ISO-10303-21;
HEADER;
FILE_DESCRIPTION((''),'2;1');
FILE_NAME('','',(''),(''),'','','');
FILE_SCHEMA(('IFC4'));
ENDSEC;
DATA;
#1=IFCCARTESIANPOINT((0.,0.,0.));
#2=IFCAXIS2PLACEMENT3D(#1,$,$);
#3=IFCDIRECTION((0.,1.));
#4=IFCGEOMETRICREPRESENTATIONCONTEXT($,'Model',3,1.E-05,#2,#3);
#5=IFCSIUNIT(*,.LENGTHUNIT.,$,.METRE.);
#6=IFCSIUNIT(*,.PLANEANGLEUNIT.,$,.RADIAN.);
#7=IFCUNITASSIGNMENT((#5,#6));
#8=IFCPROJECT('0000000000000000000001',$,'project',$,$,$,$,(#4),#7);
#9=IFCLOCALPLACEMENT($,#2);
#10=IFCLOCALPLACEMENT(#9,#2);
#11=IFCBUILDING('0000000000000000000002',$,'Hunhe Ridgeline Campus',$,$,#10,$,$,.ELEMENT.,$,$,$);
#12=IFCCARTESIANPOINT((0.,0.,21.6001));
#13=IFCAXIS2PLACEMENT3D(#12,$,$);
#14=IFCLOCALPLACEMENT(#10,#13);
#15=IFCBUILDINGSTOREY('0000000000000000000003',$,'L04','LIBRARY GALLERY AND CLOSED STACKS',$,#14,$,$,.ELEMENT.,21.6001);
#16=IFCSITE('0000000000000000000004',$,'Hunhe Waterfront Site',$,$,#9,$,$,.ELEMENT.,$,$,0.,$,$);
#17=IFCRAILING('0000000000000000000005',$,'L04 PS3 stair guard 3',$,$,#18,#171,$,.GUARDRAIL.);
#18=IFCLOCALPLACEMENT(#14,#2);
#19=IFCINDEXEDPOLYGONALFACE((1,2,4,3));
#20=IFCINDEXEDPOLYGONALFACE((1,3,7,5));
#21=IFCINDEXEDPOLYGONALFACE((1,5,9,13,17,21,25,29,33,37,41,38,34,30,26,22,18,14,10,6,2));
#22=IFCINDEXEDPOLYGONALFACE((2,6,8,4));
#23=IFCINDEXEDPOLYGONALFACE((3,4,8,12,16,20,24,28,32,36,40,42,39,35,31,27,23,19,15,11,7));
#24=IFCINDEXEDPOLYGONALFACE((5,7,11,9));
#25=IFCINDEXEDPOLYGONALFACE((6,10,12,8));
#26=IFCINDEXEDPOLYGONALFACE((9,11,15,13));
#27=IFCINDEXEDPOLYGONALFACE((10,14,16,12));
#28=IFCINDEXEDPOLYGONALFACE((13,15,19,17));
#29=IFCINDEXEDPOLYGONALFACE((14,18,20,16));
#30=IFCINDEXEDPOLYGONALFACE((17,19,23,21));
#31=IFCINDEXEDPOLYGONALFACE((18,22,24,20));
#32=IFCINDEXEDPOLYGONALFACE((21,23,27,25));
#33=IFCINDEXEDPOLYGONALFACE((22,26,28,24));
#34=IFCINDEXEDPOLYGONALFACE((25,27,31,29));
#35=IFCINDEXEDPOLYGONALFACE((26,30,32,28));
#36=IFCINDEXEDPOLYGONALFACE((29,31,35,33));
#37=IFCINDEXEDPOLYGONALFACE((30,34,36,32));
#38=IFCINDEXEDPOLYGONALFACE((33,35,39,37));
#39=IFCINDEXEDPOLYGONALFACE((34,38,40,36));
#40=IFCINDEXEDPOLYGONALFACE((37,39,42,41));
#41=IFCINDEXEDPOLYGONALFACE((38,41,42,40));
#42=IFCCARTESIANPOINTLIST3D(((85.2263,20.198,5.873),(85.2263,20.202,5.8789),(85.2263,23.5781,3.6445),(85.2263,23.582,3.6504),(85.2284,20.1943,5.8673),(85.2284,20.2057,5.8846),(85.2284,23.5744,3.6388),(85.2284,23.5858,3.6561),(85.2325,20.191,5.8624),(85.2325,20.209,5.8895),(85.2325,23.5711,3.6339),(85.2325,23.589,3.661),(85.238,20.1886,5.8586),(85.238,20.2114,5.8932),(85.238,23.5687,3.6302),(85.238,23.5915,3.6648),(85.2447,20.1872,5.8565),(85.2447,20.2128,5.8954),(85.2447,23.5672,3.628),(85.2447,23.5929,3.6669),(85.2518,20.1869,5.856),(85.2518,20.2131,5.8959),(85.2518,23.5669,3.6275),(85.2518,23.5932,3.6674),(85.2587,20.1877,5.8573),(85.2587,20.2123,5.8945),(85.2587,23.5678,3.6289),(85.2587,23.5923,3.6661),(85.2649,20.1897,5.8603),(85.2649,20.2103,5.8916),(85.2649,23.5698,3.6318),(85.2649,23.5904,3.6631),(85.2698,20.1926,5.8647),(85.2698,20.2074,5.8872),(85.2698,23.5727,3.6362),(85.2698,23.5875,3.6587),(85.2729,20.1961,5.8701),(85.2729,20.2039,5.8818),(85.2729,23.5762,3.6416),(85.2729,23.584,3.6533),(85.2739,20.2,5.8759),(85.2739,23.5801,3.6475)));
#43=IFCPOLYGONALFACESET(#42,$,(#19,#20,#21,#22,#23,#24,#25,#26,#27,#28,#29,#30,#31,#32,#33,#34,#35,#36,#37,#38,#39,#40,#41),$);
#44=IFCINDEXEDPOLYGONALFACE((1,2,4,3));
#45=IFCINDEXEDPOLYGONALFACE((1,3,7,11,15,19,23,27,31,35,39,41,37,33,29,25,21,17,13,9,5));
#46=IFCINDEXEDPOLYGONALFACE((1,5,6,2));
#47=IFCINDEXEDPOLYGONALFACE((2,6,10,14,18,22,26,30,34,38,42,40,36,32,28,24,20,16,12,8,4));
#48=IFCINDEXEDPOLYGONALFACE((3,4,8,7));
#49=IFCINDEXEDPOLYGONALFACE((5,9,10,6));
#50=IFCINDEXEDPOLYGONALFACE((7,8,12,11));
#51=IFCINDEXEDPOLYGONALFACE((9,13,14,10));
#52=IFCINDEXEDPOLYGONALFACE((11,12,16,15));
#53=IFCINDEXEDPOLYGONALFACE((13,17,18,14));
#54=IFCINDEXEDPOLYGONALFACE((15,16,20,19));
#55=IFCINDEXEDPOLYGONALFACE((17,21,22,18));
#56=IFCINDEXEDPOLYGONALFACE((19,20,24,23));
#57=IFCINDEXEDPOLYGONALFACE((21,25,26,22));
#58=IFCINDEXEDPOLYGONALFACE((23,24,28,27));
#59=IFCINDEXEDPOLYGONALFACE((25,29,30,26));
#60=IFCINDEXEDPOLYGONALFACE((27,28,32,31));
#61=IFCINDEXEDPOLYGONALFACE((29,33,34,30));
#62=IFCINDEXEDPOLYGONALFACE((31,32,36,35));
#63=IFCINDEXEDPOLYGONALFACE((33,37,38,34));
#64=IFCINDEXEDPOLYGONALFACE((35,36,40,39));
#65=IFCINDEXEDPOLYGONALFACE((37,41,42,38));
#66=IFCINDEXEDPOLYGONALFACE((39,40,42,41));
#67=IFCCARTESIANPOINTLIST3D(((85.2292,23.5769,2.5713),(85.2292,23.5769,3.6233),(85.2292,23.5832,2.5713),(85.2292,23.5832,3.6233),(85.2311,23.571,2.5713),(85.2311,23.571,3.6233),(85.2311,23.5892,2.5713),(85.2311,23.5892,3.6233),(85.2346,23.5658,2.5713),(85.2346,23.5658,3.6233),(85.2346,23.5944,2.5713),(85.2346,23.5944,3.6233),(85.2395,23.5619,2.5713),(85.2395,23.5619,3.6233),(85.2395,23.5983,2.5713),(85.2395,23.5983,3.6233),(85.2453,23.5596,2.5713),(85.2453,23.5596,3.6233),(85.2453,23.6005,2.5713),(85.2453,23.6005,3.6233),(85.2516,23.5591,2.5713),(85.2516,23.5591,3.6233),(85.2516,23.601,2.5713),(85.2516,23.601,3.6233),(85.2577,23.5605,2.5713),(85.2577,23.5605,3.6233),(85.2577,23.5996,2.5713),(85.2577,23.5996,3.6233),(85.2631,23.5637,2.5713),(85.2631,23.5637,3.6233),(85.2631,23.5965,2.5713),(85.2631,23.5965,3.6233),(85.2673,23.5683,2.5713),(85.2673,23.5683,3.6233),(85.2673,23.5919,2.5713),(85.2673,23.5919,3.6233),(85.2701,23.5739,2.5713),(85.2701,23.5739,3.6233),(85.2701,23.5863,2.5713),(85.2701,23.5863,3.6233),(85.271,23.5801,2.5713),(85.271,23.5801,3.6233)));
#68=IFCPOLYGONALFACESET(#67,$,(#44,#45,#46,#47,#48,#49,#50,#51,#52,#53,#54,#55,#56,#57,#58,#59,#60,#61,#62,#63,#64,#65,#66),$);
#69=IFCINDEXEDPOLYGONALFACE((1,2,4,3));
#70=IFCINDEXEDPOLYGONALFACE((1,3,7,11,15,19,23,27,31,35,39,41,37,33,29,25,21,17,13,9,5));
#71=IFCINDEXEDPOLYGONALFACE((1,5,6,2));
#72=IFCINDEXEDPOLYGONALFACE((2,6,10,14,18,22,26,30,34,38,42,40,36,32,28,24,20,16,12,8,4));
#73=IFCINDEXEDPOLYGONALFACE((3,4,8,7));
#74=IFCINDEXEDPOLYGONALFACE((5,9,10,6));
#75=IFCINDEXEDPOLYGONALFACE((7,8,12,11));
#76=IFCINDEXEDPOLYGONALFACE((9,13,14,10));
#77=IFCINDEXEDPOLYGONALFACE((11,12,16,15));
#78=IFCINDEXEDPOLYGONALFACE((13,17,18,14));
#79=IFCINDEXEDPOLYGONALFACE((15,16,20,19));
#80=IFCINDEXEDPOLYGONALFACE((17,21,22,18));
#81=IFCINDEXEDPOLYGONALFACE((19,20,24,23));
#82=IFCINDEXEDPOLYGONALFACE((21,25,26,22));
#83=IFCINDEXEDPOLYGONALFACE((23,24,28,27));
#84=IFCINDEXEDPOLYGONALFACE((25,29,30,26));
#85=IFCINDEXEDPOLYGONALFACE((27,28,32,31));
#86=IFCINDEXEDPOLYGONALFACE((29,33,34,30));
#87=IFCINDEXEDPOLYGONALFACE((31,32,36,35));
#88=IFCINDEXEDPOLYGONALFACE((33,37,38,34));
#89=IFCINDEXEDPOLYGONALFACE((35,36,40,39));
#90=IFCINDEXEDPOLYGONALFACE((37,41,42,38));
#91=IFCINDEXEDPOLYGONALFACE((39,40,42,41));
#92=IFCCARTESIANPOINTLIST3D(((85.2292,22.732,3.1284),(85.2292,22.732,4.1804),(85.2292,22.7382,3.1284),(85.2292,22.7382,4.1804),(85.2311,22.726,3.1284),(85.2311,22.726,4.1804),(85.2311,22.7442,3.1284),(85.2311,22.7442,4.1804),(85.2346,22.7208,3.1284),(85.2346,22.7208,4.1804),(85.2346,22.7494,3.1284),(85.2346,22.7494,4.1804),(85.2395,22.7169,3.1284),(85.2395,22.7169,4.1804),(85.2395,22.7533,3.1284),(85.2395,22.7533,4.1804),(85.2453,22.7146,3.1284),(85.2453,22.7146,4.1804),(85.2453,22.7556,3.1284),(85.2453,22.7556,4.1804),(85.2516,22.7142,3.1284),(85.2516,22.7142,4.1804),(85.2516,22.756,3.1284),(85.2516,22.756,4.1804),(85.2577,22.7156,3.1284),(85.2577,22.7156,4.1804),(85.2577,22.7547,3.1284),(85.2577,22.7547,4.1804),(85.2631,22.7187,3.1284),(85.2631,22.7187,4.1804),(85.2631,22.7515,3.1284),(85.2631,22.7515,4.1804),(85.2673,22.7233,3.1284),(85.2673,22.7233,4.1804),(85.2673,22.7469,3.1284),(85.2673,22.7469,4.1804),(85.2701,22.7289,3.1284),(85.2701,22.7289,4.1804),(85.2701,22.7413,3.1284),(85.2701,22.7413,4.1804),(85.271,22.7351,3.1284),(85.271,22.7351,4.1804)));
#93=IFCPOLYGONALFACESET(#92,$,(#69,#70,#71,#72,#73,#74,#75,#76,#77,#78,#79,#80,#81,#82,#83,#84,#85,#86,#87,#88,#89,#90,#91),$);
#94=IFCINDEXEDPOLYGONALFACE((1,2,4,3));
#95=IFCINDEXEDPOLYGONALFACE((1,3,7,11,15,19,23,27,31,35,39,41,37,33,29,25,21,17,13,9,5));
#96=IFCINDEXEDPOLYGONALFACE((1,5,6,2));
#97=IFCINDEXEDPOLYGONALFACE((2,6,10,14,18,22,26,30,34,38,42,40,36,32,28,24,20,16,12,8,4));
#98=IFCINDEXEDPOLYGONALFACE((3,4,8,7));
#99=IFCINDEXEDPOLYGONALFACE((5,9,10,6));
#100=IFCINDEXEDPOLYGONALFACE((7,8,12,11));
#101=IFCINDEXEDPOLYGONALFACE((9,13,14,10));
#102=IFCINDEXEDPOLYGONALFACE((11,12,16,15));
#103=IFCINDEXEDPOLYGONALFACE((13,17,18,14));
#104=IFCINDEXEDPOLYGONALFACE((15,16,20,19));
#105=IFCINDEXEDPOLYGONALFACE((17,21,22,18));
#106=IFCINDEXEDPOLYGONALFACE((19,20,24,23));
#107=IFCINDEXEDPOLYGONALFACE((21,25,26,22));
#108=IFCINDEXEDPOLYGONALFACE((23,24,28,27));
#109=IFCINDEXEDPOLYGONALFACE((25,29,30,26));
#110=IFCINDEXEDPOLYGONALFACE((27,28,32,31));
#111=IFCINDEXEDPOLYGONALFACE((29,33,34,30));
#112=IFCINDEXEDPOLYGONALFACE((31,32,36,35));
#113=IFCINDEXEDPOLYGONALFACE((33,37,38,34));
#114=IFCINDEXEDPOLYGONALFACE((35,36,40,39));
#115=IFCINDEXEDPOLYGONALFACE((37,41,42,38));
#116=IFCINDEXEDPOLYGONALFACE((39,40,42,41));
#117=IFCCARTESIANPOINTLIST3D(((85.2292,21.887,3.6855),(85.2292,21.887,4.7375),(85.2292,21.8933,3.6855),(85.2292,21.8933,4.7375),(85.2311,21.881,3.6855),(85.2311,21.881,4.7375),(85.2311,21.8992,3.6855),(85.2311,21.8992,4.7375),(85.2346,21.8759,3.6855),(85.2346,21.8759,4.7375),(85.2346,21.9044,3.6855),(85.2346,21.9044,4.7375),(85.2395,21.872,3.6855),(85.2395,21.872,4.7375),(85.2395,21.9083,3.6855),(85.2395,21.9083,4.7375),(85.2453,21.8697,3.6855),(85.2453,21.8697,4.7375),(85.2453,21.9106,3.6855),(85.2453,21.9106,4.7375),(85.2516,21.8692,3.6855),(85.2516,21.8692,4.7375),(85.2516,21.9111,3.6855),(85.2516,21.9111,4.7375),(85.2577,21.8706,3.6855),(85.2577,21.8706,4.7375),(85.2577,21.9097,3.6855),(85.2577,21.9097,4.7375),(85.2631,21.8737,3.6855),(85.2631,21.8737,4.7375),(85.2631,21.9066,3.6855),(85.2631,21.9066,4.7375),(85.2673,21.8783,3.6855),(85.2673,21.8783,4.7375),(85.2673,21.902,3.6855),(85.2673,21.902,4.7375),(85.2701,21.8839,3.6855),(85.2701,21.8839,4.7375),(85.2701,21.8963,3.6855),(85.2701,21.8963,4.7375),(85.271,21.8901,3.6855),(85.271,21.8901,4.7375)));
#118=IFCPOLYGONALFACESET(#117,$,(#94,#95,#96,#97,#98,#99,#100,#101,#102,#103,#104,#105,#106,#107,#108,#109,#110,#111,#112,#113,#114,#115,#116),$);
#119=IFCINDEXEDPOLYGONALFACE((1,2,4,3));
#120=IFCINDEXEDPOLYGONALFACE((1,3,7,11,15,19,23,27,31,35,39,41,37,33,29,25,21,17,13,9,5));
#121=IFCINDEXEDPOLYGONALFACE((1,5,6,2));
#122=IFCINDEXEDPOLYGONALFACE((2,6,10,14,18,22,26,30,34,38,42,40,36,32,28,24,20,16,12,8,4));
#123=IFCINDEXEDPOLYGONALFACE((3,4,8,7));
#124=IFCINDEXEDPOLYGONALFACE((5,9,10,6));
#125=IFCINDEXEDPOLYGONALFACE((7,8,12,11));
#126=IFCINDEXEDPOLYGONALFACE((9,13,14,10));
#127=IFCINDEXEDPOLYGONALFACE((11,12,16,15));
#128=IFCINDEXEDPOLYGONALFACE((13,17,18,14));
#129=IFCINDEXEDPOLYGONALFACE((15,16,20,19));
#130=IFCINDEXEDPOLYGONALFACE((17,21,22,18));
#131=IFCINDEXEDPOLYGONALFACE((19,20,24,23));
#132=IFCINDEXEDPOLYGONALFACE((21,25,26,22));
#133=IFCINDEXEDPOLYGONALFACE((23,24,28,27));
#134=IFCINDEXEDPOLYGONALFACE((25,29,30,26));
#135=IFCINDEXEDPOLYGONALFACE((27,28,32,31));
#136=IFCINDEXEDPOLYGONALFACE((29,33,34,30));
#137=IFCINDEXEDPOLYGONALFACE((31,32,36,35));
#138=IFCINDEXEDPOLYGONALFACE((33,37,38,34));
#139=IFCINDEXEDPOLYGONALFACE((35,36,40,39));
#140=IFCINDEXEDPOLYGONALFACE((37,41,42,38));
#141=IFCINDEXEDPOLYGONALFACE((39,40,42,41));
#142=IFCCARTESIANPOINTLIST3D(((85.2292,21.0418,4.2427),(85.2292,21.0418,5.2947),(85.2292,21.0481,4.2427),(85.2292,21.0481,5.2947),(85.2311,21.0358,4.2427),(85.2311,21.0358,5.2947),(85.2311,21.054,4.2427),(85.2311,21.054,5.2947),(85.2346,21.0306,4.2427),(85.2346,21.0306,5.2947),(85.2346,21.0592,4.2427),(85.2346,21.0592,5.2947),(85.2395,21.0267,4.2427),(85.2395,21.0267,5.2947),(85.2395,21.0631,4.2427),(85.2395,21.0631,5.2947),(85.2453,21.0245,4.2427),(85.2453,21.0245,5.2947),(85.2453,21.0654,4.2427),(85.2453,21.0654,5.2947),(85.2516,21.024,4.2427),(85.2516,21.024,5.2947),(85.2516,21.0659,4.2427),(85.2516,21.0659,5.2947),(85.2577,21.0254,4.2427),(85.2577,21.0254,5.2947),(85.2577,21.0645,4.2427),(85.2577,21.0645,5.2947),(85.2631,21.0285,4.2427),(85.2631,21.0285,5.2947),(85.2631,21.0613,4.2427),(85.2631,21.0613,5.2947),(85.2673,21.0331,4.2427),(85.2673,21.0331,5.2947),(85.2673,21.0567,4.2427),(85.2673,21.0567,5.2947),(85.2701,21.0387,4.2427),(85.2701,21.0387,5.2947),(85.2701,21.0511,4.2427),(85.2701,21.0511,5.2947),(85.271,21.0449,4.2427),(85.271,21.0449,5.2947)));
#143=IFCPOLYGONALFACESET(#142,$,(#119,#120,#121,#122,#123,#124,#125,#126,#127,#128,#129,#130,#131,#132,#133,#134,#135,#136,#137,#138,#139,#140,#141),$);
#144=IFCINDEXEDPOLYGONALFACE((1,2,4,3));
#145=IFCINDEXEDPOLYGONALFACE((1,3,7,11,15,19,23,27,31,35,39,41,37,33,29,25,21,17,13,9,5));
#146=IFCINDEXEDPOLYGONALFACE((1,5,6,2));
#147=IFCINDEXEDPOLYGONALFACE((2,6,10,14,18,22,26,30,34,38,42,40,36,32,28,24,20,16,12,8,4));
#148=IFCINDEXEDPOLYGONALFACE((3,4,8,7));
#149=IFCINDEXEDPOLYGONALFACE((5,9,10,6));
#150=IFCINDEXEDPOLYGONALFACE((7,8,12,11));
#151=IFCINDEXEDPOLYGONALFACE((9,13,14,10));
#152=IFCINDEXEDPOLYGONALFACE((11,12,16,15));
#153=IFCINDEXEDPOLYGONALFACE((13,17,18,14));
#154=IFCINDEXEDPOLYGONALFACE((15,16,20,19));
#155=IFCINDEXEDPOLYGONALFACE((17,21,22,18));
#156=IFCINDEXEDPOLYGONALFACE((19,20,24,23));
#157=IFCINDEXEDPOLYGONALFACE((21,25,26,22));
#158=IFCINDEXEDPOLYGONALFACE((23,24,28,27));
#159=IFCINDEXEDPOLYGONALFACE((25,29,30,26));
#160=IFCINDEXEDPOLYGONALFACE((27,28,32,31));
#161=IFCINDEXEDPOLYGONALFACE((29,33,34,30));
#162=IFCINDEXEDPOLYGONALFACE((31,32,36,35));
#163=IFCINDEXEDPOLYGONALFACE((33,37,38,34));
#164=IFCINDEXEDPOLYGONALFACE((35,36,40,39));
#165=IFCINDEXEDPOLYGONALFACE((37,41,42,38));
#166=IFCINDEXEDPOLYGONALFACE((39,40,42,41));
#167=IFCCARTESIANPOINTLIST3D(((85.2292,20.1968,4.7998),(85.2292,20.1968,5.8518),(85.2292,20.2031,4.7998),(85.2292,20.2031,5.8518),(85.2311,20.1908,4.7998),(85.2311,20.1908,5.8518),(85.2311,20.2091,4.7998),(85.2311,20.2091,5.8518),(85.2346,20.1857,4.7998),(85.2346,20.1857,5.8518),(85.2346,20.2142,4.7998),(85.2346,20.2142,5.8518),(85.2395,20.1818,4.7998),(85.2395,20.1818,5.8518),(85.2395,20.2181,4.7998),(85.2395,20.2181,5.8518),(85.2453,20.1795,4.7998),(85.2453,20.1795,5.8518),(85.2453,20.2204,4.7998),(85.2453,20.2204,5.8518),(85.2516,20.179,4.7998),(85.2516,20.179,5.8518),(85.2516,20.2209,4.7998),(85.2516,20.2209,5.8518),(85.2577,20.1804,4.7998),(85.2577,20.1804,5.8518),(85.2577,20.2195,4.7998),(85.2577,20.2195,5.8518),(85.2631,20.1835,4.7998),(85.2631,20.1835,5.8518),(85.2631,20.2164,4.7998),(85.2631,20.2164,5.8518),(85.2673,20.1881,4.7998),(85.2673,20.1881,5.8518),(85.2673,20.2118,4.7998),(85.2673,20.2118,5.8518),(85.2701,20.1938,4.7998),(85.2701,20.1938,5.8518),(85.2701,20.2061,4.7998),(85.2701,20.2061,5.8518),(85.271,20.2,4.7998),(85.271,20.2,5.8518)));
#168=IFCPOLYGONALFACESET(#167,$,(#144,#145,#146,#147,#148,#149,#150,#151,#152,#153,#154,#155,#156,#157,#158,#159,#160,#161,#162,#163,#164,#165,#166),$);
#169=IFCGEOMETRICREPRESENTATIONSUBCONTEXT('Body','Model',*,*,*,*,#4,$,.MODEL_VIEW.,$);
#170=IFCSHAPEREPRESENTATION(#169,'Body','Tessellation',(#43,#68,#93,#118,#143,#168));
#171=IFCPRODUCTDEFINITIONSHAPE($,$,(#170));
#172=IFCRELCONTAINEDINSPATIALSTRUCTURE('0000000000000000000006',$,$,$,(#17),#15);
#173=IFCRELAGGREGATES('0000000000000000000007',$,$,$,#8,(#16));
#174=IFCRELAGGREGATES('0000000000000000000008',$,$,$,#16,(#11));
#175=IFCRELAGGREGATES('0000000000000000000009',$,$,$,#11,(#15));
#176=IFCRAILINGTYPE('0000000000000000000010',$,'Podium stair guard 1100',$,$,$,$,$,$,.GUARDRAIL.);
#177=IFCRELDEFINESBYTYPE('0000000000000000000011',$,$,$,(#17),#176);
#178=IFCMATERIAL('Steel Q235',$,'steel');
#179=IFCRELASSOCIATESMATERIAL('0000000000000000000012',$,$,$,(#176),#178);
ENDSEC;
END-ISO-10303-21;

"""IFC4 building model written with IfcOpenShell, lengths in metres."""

from ifc_helpers import new_model, si_unit, direction, frame, origin, origin_2d, place, context, subcontext, project, spatial, circle, extrude, material, type_object, element, save


model = new_model("IFC4")

# Units and contexts
model_context = context("Model", 3, precision=1e-05, world=origin(), true_north=direction((0.0, 1.0)))
body_context = subcontext(model_context, "Body", "Model", "MODEL_VIEW")
ifc_project = project(units=[si_unit("LENGTHUNIT", "METRE"), si_unit("PLANEANGLEUNIT", "RADIAN")], contexts=[model_context])

# Site, building, storey
site_placement = place(None, origin())
site = spatial("IfcSite", under=ifc_project, at=site_placement, Name="Hunhe Waterfront Site", CompositionType="ELEMENT", RefElevation=0.0)
building_placement = place(site_placement, origin())
building = spatial("IfcBuilding", under=site, at=building_placement, Name="Hunhe Ridgeline Campus", CompositionType="ELEMENT")
storey_placement = place(building_placement, frame((0.0, 0.0, 21.6001)))
storey = spatial("IfcBuildingStorey", under=building, at=storey_placement, Name="L04", Description="LIBRARY GALLERY AND CLOSED STACKS", CompositionType="ELEMENT", Elevation=21.6001)

# Shared definitions
ifc_material_1 = material(Name="Steel Q235", Category="steel")

# Railing
railing_type_1 = type_object("IfcRailingType", Name="Podium stair guard 1100", PredefinedType="GUARDRAIL", material=ifc_material_1)
railing_1_placement = place(storey_placement, frame((85.25, 23.5801, 2.5713)))
element("IfcRailing", 1, at=railing_1_placement, inside=storey, type_object=railing_type_1, Name="L04 PS3 stair guard 3", PredefinedType="GUARDRAIL", context=body_context, shape_type="SweptSolid", body=[
    extrude(circle(Radius=0.0239, at=origin_2d()), frame((0.0, 0.0, 1.0762), z_axis=(0.0, -0.834878, 0.550435), x_axis=(1.0, 0.0, 0.0)), (0.0, 0.0, 1.0), 4.0486),
    extrude(circle(Radius=0.021, at=origin_2d()), origin(), (0.0, 0.0, 1.0), 1.052),
    extrude(circle(Radius=0.021, at=origin_2d()), frame((0.0, -0.845, 0.5571)), (0.0, 0.0, 1.0), 1.052),
    extrude(circle(Radius=0.021, at=origin_2d()), frame((0.0, -1.6899, 1.1143)), (0.0, 0.0, 1.0), 1.052),
    extrude(circle(Radius=0.021, at=origin_2d()), frame((0.0, -2.5352, 1.6714)), (0.0, 0.0, 1.0), 1.052),
    extrude(circle(Radius=0.021, at=origin_2d()), frame((0.0, -3.3801, 2.2285)), (0.0, 0.0, 1.0), 1.052),
])

save(model, "model.ifc")
